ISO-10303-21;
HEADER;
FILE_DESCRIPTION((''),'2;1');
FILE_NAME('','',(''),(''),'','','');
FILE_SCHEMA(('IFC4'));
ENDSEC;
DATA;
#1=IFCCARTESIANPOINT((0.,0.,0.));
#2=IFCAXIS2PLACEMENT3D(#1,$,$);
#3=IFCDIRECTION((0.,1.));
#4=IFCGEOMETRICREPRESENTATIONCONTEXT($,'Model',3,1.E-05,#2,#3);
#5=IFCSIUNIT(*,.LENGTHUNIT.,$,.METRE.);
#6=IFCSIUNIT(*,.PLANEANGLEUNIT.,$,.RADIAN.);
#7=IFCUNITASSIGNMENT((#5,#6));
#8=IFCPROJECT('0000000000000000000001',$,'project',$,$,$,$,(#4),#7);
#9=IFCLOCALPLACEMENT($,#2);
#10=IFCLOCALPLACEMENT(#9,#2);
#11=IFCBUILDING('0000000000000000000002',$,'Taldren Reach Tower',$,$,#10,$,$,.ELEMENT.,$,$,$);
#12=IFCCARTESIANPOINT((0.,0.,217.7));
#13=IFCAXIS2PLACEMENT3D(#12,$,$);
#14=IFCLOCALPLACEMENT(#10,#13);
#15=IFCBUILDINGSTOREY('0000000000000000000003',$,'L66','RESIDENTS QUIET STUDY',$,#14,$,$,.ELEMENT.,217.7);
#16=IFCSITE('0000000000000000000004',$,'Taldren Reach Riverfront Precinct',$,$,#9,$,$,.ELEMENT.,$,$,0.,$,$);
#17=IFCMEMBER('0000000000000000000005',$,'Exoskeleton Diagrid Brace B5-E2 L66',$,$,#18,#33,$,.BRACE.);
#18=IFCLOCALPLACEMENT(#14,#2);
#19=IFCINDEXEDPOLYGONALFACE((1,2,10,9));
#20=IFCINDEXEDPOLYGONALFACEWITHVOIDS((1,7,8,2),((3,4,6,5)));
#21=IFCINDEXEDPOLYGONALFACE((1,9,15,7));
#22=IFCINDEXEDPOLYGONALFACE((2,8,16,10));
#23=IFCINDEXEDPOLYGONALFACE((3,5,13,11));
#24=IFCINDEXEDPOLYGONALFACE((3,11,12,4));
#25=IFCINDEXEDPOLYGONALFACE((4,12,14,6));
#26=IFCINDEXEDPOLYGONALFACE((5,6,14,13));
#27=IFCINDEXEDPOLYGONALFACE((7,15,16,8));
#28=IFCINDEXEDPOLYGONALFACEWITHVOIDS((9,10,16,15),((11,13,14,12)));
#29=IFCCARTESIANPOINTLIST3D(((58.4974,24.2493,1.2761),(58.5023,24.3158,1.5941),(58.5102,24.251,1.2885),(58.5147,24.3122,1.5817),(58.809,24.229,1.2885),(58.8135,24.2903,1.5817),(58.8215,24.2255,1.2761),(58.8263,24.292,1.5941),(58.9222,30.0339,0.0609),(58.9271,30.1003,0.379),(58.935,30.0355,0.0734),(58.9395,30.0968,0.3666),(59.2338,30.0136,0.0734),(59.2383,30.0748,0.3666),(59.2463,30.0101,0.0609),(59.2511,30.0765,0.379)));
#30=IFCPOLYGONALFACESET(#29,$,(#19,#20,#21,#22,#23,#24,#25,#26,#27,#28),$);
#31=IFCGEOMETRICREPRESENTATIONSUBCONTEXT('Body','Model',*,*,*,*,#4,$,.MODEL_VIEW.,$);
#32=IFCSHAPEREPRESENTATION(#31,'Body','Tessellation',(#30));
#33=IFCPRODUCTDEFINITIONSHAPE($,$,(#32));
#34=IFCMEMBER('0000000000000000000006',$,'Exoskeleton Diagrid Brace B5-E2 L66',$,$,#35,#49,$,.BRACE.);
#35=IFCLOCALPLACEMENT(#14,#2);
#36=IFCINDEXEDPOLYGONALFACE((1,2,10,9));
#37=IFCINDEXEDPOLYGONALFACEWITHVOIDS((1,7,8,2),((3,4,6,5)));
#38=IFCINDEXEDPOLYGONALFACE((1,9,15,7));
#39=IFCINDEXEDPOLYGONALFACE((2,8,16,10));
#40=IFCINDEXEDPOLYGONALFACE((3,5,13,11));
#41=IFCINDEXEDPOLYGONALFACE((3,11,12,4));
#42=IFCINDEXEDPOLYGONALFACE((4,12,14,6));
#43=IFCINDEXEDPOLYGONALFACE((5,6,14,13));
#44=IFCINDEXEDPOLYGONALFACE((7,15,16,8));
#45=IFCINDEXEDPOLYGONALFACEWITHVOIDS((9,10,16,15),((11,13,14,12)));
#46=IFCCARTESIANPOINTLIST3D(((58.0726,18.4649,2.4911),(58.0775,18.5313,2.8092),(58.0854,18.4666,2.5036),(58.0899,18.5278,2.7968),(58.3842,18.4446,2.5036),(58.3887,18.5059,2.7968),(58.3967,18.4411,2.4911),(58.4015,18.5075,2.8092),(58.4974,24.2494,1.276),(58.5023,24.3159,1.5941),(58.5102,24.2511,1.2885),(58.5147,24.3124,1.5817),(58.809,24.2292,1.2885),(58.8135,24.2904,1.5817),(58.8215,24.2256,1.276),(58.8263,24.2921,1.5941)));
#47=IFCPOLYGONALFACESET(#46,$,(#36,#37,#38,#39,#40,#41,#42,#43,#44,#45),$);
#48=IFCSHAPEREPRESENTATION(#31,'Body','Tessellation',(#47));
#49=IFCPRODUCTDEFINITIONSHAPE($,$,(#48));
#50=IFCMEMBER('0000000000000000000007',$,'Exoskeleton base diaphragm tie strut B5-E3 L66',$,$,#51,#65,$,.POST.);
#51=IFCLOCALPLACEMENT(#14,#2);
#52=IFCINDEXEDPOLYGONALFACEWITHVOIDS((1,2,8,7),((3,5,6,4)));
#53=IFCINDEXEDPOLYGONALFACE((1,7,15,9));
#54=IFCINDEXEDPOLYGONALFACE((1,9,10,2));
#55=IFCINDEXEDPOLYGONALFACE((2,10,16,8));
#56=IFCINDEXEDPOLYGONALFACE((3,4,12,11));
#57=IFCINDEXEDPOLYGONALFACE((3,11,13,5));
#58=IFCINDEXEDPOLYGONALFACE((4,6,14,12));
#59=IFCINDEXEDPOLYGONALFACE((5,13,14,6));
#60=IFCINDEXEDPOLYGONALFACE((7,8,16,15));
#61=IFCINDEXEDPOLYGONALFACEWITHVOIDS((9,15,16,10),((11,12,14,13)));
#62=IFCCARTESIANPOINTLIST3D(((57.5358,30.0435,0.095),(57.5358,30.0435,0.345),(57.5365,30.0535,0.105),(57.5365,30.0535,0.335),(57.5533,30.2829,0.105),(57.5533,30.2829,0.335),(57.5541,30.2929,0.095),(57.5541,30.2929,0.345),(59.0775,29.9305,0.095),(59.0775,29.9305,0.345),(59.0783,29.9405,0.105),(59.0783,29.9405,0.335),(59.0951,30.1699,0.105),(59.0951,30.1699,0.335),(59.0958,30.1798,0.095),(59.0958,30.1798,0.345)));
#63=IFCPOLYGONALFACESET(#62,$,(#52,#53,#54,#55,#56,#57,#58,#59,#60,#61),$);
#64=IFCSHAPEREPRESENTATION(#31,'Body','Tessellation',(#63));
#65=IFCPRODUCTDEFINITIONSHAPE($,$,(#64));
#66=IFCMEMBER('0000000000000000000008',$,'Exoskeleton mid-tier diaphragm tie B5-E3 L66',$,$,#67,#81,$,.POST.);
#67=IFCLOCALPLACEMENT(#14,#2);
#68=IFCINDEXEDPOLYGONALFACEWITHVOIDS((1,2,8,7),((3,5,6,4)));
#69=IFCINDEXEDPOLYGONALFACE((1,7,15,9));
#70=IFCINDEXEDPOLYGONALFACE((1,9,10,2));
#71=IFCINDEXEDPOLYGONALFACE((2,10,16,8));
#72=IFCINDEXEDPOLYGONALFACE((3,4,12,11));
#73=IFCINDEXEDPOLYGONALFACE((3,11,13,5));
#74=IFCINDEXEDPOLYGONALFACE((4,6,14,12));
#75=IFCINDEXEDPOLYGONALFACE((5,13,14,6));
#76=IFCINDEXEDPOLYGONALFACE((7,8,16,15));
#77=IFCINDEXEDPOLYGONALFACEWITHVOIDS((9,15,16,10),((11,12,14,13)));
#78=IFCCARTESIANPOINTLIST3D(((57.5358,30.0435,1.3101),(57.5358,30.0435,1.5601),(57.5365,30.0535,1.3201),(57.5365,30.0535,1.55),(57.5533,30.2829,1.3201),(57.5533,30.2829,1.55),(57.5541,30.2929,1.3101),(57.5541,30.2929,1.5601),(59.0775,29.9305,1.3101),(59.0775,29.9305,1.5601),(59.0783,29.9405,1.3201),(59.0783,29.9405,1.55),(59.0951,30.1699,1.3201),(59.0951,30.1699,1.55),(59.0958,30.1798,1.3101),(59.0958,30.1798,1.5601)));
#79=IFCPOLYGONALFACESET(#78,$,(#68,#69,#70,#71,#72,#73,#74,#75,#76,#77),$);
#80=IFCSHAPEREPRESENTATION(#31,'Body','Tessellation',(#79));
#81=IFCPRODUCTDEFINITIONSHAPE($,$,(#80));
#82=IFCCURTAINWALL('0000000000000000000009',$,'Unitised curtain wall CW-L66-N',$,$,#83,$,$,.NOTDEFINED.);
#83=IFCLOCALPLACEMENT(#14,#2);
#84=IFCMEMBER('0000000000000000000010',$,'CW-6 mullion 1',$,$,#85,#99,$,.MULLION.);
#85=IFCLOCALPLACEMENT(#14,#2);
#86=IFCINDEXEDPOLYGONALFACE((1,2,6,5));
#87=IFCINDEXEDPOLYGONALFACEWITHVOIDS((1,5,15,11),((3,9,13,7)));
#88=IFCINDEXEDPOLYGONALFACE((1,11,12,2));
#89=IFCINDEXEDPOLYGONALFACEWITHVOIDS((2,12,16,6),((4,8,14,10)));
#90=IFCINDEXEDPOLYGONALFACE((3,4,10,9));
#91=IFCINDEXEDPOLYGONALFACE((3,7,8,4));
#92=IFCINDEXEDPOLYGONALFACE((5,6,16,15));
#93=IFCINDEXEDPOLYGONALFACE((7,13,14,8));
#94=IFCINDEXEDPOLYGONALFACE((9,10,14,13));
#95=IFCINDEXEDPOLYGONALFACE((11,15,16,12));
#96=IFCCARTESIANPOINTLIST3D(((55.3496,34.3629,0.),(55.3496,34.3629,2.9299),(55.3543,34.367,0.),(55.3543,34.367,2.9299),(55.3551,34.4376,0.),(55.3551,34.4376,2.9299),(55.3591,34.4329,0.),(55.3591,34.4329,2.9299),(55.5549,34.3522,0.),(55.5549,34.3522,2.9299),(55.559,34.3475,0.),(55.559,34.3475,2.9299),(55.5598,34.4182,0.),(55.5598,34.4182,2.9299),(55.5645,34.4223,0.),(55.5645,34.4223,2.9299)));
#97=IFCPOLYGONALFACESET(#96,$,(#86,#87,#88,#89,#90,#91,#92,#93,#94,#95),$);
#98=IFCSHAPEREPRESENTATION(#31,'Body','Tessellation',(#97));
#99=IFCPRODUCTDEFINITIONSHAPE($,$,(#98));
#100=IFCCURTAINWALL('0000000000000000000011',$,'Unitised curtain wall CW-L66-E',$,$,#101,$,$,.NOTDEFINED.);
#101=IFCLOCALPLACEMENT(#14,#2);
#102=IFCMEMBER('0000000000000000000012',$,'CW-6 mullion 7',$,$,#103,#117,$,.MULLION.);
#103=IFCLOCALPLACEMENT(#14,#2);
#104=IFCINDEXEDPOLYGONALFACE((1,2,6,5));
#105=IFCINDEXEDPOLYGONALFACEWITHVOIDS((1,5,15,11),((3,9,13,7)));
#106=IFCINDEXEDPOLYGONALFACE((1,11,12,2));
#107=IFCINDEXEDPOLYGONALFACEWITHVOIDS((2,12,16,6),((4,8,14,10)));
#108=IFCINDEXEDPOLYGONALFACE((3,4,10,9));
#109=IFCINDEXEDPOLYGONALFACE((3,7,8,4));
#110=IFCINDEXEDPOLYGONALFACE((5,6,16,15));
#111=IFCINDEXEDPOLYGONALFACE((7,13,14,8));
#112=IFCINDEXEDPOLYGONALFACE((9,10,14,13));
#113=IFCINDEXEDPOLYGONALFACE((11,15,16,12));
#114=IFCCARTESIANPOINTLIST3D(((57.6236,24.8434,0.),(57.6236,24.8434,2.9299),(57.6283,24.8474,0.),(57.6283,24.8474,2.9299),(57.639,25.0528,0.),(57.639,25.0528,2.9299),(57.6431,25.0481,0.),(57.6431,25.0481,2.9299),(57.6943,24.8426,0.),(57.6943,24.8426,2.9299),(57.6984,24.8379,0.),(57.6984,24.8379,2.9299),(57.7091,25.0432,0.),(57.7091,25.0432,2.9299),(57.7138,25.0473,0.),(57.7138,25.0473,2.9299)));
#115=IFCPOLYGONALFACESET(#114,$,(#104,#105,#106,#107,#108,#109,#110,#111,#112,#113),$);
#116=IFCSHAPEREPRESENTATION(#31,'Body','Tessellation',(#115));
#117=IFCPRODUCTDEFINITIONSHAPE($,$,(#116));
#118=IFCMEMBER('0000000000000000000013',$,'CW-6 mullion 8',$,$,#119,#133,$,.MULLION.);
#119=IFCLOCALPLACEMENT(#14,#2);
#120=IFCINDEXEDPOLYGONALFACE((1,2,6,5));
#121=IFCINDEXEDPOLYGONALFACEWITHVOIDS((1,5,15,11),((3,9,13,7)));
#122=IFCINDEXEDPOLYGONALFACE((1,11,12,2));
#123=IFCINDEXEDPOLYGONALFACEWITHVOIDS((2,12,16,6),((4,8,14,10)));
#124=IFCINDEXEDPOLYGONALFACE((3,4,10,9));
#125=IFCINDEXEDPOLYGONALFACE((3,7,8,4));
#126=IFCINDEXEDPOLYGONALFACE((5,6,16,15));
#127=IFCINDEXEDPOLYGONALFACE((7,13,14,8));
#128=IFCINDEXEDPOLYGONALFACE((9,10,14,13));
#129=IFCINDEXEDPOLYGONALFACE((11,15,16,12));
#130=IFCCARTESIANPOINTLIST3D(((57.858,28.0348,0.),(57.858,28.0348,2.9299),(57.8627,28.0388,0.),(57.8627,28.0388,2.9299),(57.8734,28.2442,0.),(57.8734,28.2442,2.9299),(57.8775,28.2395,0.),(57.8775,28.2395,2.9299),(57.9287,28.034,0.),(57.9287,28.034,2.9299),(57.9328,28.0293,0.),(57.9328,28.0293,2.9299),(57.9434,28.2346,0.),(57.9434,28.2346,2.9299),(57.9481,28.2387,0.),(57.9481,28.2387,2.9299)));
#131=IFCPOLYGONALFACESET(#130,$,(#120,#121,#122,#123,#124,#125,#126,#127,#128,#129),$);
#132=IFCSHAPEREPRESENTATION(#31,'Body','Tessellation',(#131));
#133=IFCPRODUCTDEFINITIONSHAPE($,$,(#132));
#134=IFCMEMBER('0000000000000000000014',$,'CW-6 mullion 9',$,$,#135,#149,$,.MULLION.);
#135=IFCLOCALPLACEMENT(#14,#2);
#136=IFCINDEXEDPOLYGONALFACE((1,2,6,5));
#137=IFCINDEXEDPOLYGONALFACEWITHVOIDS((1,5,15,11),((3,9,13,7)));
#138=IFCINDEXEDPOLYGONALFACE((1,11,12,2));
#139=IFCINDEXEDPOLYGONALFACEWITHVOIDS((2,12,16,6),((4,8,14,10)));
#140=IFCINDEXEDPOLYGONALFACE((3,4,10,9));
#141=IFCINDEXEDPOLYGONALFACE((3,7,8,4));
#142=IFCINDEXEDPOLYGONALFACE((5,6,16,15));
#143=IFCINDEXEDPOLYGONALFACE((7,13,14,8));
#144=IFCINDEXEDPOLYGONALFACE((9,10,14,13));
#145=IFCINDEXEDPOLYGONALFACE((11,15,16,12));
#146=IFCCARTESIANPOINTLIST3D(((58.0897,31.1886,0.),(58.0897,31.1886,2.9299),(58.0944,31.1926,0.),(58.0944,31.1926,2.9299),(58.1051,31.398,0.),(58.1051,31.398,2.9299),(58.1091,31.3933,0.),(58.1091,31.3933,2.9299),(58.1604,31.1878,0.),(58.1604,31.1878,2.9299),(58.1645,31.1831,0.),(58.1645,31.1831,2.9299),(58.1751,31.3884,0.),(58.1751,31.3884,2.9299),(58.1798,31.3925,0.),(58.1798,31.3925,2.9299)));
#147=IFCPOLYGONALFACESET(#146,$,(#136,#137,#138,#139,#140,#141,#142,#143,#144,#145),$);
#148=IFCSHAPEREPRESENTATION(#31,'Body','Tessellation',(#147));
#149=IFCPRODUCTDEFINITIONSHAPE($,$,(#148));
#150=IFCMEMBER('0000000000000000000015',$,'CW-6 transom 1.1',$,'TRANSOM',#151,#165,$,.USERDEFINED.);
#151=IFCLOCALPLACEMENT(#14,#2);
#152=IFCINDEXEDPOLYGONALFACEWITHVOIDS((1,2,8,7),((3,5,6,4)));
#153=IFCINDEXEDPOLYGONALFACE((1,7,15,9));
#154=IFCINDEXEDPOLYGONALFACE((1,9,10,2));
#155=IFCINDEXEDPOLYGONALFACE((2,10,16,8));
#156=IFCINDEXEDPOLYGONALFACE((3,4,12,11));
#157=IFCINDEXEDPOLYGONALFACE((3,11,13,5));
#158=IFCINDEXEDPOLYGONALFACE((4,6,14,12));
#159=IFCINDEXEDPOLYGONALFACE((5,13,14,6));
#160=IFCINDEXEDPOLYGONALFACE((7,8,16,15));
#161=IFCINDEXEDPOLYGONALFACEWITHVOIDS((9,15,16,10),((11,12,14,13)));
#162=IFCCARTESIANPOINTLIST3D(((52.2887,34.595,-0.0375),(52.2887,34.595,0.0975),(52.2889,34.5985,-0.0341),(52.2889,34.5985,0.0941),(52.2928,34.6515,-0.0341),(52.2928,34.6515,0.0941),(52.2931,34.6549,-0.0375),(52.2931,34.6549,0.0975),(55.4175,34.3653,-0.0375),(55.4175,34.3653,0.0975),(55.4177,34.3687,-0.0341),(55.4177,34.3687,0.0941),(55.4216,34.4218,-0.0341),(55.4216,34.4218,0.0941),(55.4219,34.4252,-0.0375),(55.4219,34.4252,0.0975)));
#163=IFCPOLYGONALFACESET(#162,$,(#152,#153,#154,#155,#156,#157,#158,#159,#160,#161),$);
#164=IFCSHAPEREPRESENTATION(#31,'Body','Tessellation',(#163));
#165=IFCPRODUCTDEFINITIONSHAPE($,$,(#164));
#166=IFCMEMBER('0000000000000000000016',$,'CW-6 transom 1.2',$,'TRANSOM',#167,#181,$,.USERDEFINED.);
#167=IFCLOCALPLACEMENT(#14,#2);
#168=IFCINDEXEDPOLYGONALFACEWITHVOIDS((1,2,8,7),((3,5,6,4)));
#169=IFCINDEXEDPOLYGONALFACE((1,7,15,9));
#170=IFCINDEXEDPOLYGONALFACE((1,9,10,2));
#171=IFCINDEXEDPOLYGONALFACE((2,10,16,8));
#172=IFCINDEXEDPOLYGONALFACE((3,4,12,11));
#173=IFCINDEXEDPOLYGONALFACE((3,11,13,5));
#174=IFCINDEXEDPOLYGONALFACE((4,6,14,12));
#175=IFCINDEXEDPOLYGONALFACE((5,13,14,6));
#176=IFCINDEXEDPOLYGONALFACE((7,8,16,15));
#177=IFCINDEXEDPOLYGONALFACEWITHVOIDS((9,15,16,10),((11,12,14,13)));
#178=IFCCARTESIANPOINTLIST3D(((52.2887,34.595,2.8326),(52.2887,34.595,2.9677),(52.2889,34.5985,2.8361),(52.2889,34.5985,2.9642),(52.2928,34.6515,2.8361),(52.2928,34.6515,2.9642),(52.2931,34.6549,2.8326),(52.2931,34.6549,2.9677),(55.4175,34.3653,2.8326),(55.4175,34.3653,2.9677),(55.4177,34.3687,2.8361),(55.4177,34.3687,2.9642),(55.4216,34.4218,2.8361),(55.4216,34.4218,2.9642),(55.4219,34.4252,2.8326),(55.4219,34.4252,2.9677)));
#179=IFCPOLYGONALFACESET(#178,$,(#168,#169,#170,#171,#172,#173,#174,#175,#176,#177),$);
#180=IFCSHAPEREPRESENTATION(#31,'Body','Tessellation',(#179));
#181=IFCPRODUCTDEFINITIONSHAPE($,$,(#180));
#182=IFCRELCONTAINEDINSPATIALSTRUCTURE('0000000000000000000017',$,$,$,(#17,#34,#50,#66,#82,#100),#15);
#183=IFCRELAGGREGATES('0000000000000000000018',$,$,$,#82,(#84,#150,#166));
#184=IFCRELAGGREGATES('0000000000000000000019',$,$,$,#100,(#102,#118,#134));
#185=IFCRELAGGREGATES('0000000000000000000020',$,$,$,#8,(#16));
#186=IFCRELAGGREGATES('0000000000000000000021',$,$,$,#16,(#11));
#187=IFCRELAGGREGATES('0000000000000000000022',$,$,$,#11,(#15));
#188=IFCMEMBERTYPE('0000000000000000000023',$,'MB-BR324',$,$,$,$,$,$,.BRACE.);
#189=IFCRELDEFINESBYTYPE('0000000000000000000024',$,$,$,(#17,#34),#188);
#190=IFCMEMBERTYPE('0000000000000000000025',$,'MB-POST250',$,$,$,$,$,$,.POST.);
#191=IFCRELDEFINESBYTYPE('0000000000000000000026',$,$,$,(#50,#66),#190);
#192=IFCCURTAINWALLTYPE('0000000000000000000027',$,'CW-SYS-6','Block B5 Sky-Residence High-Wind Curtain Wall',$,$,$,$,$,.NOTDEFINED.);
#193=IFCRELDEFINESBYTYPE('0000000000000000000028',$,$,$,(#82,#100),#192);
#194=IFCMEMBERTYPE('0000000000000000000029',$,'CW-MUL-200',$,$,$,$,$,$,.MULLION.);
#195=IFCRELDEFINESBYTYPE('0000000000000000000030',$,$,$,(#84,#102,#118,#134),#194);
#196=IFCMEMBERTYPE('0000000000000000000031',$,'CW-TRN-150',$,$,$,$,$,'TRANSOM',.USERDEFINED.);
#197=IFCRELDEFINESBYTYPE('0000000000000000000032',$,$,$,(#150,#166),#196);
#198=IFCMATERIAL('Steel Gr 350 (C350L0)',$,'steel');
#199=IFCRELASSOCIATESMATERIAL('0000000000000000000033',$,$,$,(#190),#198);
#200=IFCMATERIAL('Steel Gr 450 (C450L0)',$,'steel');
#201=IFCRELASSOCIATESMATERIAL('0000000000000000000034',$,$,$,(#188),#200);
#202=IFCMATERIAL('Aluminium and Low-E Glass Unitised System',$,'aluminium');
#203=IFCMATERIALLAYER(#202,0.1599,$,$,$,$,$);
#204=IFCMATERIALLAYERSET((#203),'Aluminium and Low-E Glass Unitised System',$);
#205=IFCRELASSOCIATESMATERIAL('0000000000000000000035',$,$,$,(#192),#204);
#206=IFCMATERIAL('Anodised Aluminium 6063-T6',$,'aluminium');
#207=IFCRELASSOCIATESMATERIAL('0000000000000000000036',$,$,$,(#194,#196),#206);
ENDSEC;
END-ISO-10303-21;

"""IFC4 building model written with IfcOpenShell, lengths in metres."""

from ifc_helpers import new_model, si_unit, direction, frame, origin, origin_2d, place, context, subcontext, project, spatial, hollow_rectangle, extrude, source, transform, mapped, material, layer, layer_set, material_profile, profile_set, type_object, element, aggregate, save


model = new_model("IFC4")

# Units and contexts
model_context = context("Model", 3, precision=1e-05, world=origin(), true_north=direction((0.0, 1.0)))
body_context = subcontext(model_context, "Body", "Model", "MODEL_VIEW")
ifc_project = project(units=[si_unit("LENGTHUNIT", "METRE"), si_unit("PLANEANGLEUNIT", "RADIAN")], contexts=[model_context])

# Site, building, storey
site_placement = place(None, origin())
site = spatial("IfcSite", under=ifc_project, at=site_placement, Name="Taldren Reach Riverfront Precinct", CompositionType="ELEMENT", RefElevation=0.0)
building_placement = place(site_placement, origin())
building = spatial("IfcBuilding", under=site, at=building_placement, Name="Taldren Reach Tower", CompositionType="ELEMENT")
storey_placement = place(building_placement, frame((0.0, 0.0, 217.7)))
storey = spatial("IfcBuildingStorey", under=building, at=storey_placement, Name="L66", Description="RESIDENTS QUIET STUDY", CompositionType="ELEMENT", Elevation=217.7)

# Shared definitions
ifc_material_1 = material(Name="Steel Gr 350 (C350L0)", Category="steel")

# Shared definitions
ifc_material_profile_1 = material_profile(ifc_material_1, hollow_rectangle(XDim=0.25, YDim=0.25, WallThickness=0.01, at=origin_2d()), Name="250x250x10.0SHS")
ifc_profile_set_1 = profile_set([ifc_material_profile_1], Name="Steel Gr 350 (C350L0)")
member_type_1 = type_object("IfcMemberType", Name="MB-POST250", PredefinedType="POST", material=ifc_profile_set_1)
ifc_material_2 = material(Name="Steel Gr 450 (C450L0)", Category="steel")

# Members
ifc_material_profile_2 = material_profile(ifc_material_2, hollow_rectangle(XDim=0.325, YDim=0.325, WallThickness=0.0127, at=origin_2d()), Name="325x325x12.7SHS")
ifc_profile_set_2 = profile_set([ifc_material_profile_2], Name="Steel Gr 450 (C450L0)")
member_type_2 = type_object("IfcMemberType", Name="MB-BR324", PredefinedType="BRACE", material=ifc_profile_set_2)
shared_shape_1 = source(origin(), body_context, "Body", "SweptSolid", [
    extrude(hollow_rectangle(XDim=0.325, YDim=0.325, WallThickness=0.0127, at=origin_2d()), origin(), (0.0, 0.0, 1.0), 5.926),
])
for number, where, z_axis, x_axis, name in (
    (1, (59.0867, 30.0552, 0.22), (-0.071686, -0.976123, 0.205046), (0.997314, -0.073242, 0.0), "Exoskeleton Diagrid Brace B5-E2 L66"),
    (2, (58.6619, 24.2708, 1.4351), (-0.071686, -0.976123, 0.205046), (0.997314, -0.073242, 0.0), "Exoskeleton Diagrid Brace B5-E2 L66"),
):
    element("IfcMember", number, at=place(storey_placement, frame(where, z_axis=z_axis, x_axis=x_axis)), inside=storey, type_object=member_type_2, Name=name, PredefinedType="BRACE", context=body_context, shape_type="MappedRepresentation", body=[
        mapped(shared_shape_1, transform((0.0, 0.0, 0.0), scale=1.0)),
    ])
shared_shape_2 = source(origin(), body_context, "Body", "SweptSolid", [
    extrude(hollow_rectangle(XDim=0.25, YDim=0.25, WallThickness=0.01, at=origin_2d()), origin(), (0.0, 0.0, 1.0), 1.5459),
])
for number, where, z_axis, x_axis, name in (
    (3, (57.5449, 30.1682, 0.22), (0.997323, -0.073121, 0.0), (0.073121, 0.997323, 0.0), "Exoskeleton base diaphragm tie strut B5-E3 L66"),
    (4, (57.5449, 30.1682, 1.4351), (0.997323, -0.073121, 0.0), (0.073121, 0.997323, 0.0), "Exoskeleton mid-tier diaphragm tie B5-E3 L66"),
):
    element("IfcMember", number, at=place(storey_placement, frame(where, z_axis=z_axis, x_axis=x_axis)), inside=storey, type_object=member_type_1, Name=name, PredefinedType="POST", context=body_context, shape_type="MappedRepresentation", body=[
        mapped(shared_shape_2, transform((0.0, 0.0, 0.0), scale=1.0)),
    ])

# Curtain wall, member
ifc_material_3 = material(Name="Aluminium and Low-E Glass Unitised System", Category="aluminium")
ifc_layer_1 = layer(ifc_material_3, 0.1599)
ifc_layer_set_1 = layer_set([ifc_layer_1], Name="Aluminium and Low-E Glass Unitised System")
curtain_wall_type = type_object("IfcCurtainWallType", Name="CW-SYS-6", Description="Block B5 Sky-Residence High-Wind Curtain Wall", PredefinedType="NOTDEFINED", material=ifc_layer_set_1)
curtain_wall_1_placement = place(storey_placement, origin())
curtain_wall_1 = element("IfcCurtainWall", 5, at=curtain_wall_1_placement, inside=storey, type_object=curtain_wall_type, Name="Unitised curtain wall CW-L66-N", PredefinedType="NOTDEFINED")
ifc_material_4 = material(Name="Anodised Aluminium 6063-T6", Category="aluminium")
ifc_material_profile_3 = material_profile(ifc_material_4, hollow_rectangle(XDim=0.075, YDim=0.21, WallThickness=0.0044, at=origin_2d()), Name="ALU-210x75x4.5RHS")
ifc_profile_set_3 = profile_set([ifc_material_profile_3], Name="Anodised Aluminium 6063-T6")
member_type_3 = type_object("IfcMemberType", Name="CW-MUL-200", PredefinedType="MULLION", material=ifc_profile_set_3)
shared_shape_3 = source(origin(), body_context, "Body", "SweptSolid", [
    extrude(hollow_rectangle(XDim=0.075, YDim=0.21, WallThickness=0.0044, at=origin_2d()), origin(), (0.0, 0.0, 1.0), 2.9299),
])
member_1_placement = place(storey_placement, frame((55.457, 34.3926, 0.0), z_axis=(0.0, 0.0, 1.0), x_axis=(-0.073238, -0.997314, 0.0)))
member_1 = element("IfcMember", 6, at=member_1_placement, type_object=member_type_3, Name="CW-6 mullion 1", PredefinedType="MULLION", context=body_context, shape_type="MappedRepresentation", body=[
    mapped(shared_shape_3, transform((0.0, 0.0, 0.0), scale=1.0)),
])

# Curtain wall, members
curtain_wall_2_placement = place(storey_placement, origin())
curtain_wall_2 = element("IfcCurtainWall", 7, at=curtain_wall_2_placement, inside=storey, type_object=curtain_wall_type, Name="Unitised curtain wall CW-L66-E", PredefinedType="NOTDEFINED")
member_2_placement = place(storey_placement, frame((57.6687, 24.9453, 0.0), z_axis=(0.0, 0.0, 1.0), x_axis=(-0.997314, 0.073238, 0.0)))
member_2 = element("IfcMember", 8, at=member_2_placement, type_object=member_type_3, Name="CW-6 mullion 7", PredefinedType="MULLION", context=body_context, shape_type="MappedRepresentation", body=[
    mapped(shared_shape_3, transform((0.0, 0.0, 0.0), scale=1.0)),
])
member_3_placement = place(storey_placement, frame((57.9031, 28.1367, 0.0), z_axis=(0.0, 0.0, 1.0), x_axis=(-0.997314, 0.073238, 0.0)))
member_3 = element("IfcMember", 9, at=member_3_placement, type_object=member_type_3, Name="CW-6 mullion 8", PredefinedType="MULLION", context=body_context, shape_type="MappedRepresentation", body=[
    mapped(shared_shape_3, transform((0.0, 0.0, 0.0), scale=1.0)),
])
member_4_placement = place(storey_placement, frame((58.1348, 31.2905, 0.0), z_axis=(0.0, 0.0, 1.0), x_axis=(-0.997314, 0.073238, 0.0)))
member_4 = element("IfcMember", 10, at=member_4_placement, type_object=member_type_3, Name="CW-6 mullion 9", PredefinedType="MULLION", context=body_context, shape_type="MappedRepresentation", body=[
    mapped(shared_shape_3, transform((0.0, 0.0, 0.0), scale=1.0)),
])

# Members
ifc_material_profile_4 = material_profile(ifc_material_4, hollow_rectangle(XDim=0.0601, YDim=0.135, WallThickness=0.0034, at=origin_2d()), Name="ALU-135x60x3.5RHS")
ifc_profile_set_4 = profile_set([ifc_material_profile_4], Name="Anodised Aluminium 6063-T6")
member_type_4 = type_object("IfcMemberType", Name="CW-TRN-150", ElementType="TRANSOM", PredefinedType="USERDEFINED", material=ifc_profile_set_4)
shared_shape_4 = source(origin(), body_context, "Body", "SweptSolid", [
    extrude(hollow_rectangle(XDim=0.0601, YDim=0.135, WallThickness=0.0034, at=origin_2d()), origin(), (0.0, 0.0, 1.0), 3.1372),
])
member_5_placement = place(storey_placement, frame((55.4197, 34.3953, 0.03), z_axis=(-0.997315, 0.073227, 0.0), x_axis=(-0.073227, -0.997315, 0.0)))
member_5 = element("IfcMember", 11, at=member_5_placement, type_object=member_type_4, Name="CW-6 transom 1.1", ObjectType="TRANSOM", PredefinedType="USERDEFINED", context=body_context, shape_type="MappedRepresentation", body=[
    mapped(shared_shape_4, transform((0.0, 0.0, 0.0), scale=1.0)),
])
member_6_placement = place(storey_placement, frame((55.4197, 34.3953, 2.9001), z_axis=(-0.997315, 0.073227, 0.0), x_axis=(-0.073227, -0.997315, 0.0)))
member_6 = element("IfcMember", 12, at=member_6_placement, type_object=member_type_4, Name="CW-6 transom 1.2", ObjectType="TRANSOM", PredefinedType="USERDEFINED", context=body_context, shape_type="MappedRepresentation", body=[
    mapped(shared_shape_4, transform((0.0, 0.0, 0.0), scale=1.0)),
])

aggregate(curtain_wall_1, [member_1, member_5, member_6])
aggregate(curtain_wall_2, [member_2, member_3, member_4])

save(model, "model.ifc")
